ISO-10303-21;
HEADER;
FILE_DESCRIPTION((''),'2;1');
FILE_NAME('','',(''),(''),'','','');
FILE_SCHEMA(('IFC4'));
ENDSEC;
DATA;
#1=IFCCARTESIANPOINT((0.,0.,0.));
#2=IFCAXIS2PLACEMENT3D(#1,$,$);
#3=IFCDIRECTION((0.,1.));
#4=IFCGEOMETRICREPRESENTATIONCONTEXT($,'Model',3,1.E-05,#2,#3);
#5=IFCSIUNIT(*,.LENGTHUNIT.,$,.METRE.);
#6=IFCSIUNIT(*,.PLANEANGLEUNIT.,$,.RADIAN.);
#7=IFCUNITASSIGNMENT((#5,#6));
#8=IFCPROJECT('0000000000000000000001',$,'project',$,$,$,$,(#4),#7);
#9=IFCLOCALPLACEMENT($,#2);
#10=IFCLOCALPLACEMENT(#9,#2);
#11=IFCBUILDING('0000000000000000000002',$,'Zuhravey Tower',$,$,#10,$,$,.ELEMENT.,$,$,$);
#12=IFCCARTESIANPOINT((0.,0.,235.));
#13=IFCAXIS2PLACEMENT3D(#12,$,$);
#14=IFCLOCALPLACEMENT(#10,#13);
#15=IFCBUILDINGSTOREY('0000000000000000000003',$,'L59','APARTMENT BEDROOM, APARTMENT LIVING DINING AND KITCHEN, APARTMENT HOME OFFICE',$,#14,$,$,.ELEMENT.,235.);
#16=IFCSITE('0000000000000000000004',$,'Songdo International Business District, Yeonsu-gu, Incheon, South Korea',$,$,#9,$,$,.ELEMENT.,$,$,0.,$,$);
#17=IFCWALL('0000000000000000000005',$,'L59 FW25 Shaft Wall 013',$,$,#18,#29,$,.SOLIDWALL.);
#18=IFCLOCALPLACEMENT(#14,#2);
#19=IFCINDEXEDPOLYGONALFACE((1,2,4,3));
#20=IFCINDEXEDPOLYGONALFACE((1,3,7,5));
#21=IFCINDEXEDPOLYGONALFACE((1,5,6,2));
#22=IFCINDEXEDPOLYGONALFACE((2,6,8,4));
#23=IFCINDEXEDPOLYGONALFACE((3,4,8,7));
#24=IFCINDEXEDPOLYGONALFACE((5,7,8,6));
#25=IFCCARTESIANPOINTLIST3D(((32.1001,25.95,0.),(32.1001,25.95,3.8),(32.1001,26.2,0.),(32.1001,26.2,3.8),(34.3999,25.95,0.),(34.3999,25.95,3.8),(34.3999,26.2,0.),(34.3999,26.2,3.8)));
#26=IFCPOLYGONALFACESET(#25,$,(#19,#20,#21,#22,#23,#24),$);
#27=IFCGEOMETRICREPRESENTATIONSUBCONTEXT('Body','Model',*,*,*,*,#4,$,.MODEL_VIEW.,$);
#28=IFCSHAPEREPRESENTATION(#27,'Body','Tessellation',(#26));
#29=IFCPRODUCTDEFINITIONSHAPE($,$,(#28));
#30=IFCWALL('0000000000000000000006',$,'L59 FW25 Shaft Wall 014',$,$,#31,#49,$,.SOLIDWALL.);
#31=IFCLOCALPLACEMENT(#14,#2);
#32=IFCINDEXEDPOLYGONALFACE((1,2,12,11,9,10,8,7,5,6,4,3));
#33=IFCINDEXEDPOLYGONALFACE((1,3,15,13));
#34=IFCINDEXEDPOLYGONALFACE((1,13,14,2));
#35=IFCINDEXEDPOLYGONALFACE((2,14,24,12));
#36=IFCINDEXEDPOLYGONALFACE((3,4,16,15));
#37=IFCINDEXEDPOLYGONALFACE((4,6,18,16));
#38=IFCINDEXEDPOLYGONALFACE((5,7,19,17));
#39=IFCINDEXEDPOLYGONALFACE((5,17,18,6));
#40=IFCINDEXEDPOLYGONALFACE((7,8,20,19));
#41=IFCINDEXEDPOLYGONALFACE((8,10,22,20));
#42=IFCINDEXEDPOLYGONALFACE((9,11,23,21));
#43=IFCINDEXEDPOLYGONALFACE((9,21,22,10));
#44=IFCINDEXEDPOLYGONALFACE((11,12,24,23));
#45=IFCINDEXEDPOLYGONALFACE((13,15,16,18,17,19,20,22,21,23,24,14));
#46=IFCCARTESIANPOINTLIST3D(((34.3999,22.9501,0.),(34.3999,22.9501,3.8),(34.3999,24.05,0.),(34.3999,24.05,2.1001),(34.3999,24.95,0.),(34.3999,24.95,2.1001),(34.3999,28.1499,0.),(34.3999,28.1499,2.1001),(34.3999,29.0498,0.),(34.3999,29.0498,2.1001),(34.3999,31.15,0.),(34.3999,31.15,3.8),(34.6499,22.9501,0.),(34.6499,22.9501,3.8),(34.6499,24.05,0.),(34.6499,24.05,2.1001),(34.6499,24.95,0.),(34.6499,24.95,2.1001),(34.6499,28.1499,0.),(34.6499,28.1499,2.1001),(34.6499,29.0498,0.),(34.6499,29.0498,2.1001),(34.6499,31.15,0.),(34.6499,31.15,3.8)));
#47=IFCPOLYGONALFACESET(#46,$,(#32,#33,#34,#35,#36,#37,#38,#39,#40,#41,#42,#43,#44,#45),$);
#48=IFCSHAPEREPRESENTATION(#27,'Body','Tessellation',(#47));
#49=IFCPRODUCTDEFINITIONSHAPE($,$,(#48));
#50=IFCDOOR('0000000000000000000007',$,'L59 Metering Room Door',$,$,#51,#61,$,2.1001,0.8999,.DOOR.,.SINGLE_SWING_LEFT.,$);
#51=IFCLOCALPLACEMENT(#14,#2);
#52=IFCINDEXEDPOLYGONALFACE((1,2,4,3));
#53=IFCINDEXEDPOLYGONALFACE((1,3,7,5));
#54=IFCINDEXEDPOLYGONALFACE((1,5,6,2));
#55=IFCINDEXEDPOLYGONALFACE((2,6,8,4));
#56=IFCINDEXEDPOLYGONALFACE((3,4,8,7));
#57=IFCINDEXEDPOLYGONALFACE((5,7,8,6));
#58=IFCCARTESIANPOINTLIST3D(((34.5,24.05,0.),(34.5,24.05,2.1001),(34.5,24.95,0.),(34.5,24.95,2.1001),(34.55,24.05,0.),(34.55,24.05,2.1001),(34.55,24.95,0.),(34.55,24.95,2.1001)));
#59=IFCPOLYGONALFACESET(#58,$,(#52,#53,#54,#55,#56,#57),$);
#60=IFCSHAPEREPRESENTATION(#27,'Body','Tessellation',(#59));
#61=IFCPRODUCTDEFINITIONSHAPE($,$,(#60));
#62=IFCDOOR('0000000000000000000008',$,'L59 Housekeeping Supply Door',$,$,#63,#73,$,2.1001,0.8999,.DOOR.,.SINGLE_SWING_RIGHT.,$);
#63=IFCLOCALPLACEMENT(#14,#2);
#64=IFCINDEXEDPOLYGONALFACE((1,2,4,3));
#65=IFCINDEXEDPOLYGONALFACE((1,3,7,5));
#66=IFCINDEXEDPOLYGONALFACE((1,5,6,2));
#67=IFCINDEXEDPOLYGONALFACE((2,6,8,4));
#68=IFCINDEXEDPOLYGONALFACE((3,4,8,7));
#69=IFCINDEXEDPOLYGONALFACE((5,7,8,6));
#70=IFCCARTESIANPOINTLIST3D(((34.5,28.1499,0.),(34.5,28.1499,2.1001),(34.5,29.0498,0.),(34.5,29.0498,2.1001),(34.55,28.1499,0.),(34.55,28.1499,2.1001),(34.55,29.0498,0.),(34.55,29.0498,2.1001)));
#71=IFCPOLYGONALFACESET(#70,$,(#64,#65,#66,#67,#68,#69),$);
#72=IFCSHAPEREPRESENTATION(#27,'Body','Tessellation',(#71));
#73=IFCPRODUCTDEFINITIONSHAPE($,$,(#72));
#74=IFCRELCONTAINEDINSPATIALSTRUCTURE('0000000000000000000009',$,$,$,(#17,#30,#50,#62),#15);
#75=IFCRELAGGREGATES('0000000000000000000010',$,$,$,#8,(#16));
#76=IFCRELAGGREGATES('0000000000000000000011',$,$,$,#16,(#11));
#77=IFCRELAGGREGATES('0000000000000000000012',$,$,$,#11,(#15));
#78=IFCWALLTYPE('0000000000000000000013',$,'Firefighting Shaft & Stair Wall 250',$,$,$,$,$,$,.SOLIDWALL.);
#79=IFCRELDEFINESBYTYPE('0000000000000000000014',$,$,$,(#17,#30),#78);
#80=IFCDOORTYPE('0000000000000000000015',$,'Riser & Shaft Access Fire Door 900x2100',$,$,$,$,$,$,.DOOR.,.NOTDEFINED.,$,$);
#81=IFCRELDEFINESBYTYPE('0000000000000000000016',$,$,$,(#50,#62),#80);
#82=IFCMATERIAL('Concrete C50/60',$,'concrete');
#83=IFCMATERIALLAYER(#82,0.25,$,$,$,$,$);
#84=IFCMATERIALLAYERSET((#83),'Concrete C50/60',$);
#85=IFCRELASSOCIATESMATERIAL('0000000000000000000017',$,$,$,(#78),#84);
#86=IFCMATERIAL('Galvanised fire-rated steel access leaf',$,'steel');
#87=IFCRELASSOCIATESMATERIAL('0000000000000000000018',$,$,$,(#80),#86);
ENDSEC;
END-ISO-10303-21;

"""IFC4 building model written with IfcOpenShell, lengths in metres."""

from ifc_helpers import new_model, si_unit, direction, frame, frame_2d, origin, place, context, subcontext, project, spatial, rectangle, extrude, material, layer, layer_set, type_object, element, fill, save


model = new_model("IFC4")

# Units and contexts
model_context = context("Model", 3, precision=1e-05, world=origin(), true_north=direction((0.0, 1.0)))
body_context = subcontext(model_context, "Body", "Model", "MODEL_VIEW")
ifc_project = project(units=[si_unit("LENGTHUNIT", "METRE"), si_unit("PLANEANGLEUNIT", "RADIAN")], contexts=[model_context])

# Site, building, storey
site_placement = place(None, origin())
site = spatial("IfcSite", under=ifc_project, at=site_placement, Name="Songdo International Business District, Yeonsu-gu, Incheon, South Korea", CompositionType="ELEMENT", RefElevation=0.0)
building_placement = place(site_placement, origin())
building = spatial("IfcBuilding", under=site, at=building_placement, Name="Zuhravey Tower", CompositionType="ELEMENT")
storey_placement = place(building_placement, frame((0.0, 0.0, 235.0)))
storey = spatial("IfcBuildingStorey", under=building, at=storey_placement, Name="L59", Description="APARTMENT BEDROOM, APARTMENT LIVING DINING AND KITCHEN, APARTMENT HOME OFFICE", CompositionType="ELEMENT", Elevation=235.0)

# Shared definitions
ifc_material_1 = material(Name="Concrete C50/60", Category="concrete")

# Shared definitions
ifc_layer_1 = layer(ifc_material_1, 0.25)
ifc_layer_set_1 = layer_set([ifc_layer_1], Name="Concrete C50/60")
wall_type_1 = type_object("IfcWallType", Name="Firefighting Shaft & Stair Wall 250", PredefinedType="SOLIDWALL", material=ifc_layer_set_1)

# Shared definitions
ifc_material_2 = material(Name="Galvanised fire-rated steel access leaf", Category="steel")
door_type_1 = type_object("IfcDoorType", Name="Riser & Shaft Access Fire Door 900x2100", OperationType="NOTDEFINED", PredefinedType="DOOR", material=ifc_material_2)

# Wall
wall_1_placement = place(storey_placement, frame((32.1001, 26.075, 0.0), z_axis=(0.0, 0.0, 1.0), x_axis=(1.0, 0.0, 0.0)))
element("IfcWall", 1, at=wall_1_placement, inside=storey, type_object=wall_type_1, Name="L59 FW25 Shaft Wall 013", PredefinedType="SOLIDWALL", context=body_context, shape_type="SweptSolid", body=[
    extrude(rectangle(XDim=2.2998, YDim=0.25, at=frame_2d((1.1499, 0.0))), origin(), (0.0, 0.0, 1.0), 3.8),
])

# Wall, openings, doors
wall_2_placement = place(storey_placement, frame((34.5249, 22.95, 0.0), z_axis=(0.0, 0.0, 1.0), x_axis=(0.0, 1.0, 0.0)))
wall_2 = element("IfcWall", 2, at=wall_2_placement, inside=storey, type_object=wall_type_1, Name="L59 FW25 Shaft Wall 014", PredefinedType="SOLIDWALL", context=body_context, shape_type="SweptSolid", body=[
    extrude(rectangle(XDim=8.2, YDim=0.25, at=frame_2d((4.1001, 0.0))), origin(), (0.0, 0.0, 1.0), 3.8),
])
opening_1_placement = place(wall_2_placement, frame((1.1001, 0.0, 0.0)))
opening_1 = element("IfcOpeningElement", 3, at=opening_1_placement, cuts=wall_2, PredefinedType="OPENING", context=body_context, shape_type="SweptSolid", body=[
    extrude(rectangle(XDim=0.8999, YDim=2.1001, at=frame_2d((0.45, 1.05))), frame((0.0, 0.137, 0.0), z_axis=(0.0, -1.0, 0.0), x_axis=(1.0, 0.0, 0.0)), (0.0, 0.0, 1.0), 0.2739),
])
opening_2_placement = place(wall_2_placement, frame((5.2, 0.0, 0.0)))
opening_2 = element("IfcOpeningElement", 4, at=opening_2_placement, cuts=wall_2, PredefinedType="OPENING", context=body_context, shape_type="SweptSolid", body=[
    extrude(rectangle(XDim=0.8999, YDim=2.1001, at=frame_2d((0.45, 1.05))), frame((0.0, 0.137, 0.0), z_axis=(0.0, -1.0, 0.0), x_axis=(1.0, 0.0, 0.0)), (0.0, 0.0, 1.0), 0.2739),
])
door_1_placement = place(opening_1_placement, origin())
door_1 = element("IfcDoor", 5, at=door_1_placement, inside=storey, type_object=door_type_1, Name="L59 Metering Room Door", OperationType="SINGLE_SWING_LEFT", OverallHeight=2.1001, OverallWidth=0.8999, PredefinedType="DOOR", context=body_context, shape_type="SweptSolid", body=[
    extrude(rectangle(XDim=0.8999, YDim=2.1001, at=frame_2d((0.45, 1.05))), frame((0.0, 0.0249, 0.0), z_axis=(0.0, -1.0, 0.0), x_axis=(1.0, 0.0, 0.0)), (0.0, 0.0, 1.0), 0.05),
])
fill(opening_1, door_1)
door_2_placement = place(opening_2_placement, origin())
door_2 = element("IfcDoor", 6, at=door_2_placement, inside=storey, type_object=door_type_1, Name="L59 Housekeeping Supply Door", OperationType="SINGLE_SWING_RIGHT", OverallHeight=2.1001, OverallWidth=0.8999, PredefinedType="DOOR", context=body_context, shape_type="SweptSolid", body=[
    extrude(rectangle(XDim=0.8999, YDim=2.1001, at=frame_2d((0.45, 1.05))), frame((0.0, 0.0249, 0.0), z_axis=(0.0, -1.0, 0.0), x_axis=(1.0, 0.0, 0.0)), (0.0, 0.0, 1.0), 0.05),
])
fill(opening_2, door_2)

save(model, "model.ifc")
